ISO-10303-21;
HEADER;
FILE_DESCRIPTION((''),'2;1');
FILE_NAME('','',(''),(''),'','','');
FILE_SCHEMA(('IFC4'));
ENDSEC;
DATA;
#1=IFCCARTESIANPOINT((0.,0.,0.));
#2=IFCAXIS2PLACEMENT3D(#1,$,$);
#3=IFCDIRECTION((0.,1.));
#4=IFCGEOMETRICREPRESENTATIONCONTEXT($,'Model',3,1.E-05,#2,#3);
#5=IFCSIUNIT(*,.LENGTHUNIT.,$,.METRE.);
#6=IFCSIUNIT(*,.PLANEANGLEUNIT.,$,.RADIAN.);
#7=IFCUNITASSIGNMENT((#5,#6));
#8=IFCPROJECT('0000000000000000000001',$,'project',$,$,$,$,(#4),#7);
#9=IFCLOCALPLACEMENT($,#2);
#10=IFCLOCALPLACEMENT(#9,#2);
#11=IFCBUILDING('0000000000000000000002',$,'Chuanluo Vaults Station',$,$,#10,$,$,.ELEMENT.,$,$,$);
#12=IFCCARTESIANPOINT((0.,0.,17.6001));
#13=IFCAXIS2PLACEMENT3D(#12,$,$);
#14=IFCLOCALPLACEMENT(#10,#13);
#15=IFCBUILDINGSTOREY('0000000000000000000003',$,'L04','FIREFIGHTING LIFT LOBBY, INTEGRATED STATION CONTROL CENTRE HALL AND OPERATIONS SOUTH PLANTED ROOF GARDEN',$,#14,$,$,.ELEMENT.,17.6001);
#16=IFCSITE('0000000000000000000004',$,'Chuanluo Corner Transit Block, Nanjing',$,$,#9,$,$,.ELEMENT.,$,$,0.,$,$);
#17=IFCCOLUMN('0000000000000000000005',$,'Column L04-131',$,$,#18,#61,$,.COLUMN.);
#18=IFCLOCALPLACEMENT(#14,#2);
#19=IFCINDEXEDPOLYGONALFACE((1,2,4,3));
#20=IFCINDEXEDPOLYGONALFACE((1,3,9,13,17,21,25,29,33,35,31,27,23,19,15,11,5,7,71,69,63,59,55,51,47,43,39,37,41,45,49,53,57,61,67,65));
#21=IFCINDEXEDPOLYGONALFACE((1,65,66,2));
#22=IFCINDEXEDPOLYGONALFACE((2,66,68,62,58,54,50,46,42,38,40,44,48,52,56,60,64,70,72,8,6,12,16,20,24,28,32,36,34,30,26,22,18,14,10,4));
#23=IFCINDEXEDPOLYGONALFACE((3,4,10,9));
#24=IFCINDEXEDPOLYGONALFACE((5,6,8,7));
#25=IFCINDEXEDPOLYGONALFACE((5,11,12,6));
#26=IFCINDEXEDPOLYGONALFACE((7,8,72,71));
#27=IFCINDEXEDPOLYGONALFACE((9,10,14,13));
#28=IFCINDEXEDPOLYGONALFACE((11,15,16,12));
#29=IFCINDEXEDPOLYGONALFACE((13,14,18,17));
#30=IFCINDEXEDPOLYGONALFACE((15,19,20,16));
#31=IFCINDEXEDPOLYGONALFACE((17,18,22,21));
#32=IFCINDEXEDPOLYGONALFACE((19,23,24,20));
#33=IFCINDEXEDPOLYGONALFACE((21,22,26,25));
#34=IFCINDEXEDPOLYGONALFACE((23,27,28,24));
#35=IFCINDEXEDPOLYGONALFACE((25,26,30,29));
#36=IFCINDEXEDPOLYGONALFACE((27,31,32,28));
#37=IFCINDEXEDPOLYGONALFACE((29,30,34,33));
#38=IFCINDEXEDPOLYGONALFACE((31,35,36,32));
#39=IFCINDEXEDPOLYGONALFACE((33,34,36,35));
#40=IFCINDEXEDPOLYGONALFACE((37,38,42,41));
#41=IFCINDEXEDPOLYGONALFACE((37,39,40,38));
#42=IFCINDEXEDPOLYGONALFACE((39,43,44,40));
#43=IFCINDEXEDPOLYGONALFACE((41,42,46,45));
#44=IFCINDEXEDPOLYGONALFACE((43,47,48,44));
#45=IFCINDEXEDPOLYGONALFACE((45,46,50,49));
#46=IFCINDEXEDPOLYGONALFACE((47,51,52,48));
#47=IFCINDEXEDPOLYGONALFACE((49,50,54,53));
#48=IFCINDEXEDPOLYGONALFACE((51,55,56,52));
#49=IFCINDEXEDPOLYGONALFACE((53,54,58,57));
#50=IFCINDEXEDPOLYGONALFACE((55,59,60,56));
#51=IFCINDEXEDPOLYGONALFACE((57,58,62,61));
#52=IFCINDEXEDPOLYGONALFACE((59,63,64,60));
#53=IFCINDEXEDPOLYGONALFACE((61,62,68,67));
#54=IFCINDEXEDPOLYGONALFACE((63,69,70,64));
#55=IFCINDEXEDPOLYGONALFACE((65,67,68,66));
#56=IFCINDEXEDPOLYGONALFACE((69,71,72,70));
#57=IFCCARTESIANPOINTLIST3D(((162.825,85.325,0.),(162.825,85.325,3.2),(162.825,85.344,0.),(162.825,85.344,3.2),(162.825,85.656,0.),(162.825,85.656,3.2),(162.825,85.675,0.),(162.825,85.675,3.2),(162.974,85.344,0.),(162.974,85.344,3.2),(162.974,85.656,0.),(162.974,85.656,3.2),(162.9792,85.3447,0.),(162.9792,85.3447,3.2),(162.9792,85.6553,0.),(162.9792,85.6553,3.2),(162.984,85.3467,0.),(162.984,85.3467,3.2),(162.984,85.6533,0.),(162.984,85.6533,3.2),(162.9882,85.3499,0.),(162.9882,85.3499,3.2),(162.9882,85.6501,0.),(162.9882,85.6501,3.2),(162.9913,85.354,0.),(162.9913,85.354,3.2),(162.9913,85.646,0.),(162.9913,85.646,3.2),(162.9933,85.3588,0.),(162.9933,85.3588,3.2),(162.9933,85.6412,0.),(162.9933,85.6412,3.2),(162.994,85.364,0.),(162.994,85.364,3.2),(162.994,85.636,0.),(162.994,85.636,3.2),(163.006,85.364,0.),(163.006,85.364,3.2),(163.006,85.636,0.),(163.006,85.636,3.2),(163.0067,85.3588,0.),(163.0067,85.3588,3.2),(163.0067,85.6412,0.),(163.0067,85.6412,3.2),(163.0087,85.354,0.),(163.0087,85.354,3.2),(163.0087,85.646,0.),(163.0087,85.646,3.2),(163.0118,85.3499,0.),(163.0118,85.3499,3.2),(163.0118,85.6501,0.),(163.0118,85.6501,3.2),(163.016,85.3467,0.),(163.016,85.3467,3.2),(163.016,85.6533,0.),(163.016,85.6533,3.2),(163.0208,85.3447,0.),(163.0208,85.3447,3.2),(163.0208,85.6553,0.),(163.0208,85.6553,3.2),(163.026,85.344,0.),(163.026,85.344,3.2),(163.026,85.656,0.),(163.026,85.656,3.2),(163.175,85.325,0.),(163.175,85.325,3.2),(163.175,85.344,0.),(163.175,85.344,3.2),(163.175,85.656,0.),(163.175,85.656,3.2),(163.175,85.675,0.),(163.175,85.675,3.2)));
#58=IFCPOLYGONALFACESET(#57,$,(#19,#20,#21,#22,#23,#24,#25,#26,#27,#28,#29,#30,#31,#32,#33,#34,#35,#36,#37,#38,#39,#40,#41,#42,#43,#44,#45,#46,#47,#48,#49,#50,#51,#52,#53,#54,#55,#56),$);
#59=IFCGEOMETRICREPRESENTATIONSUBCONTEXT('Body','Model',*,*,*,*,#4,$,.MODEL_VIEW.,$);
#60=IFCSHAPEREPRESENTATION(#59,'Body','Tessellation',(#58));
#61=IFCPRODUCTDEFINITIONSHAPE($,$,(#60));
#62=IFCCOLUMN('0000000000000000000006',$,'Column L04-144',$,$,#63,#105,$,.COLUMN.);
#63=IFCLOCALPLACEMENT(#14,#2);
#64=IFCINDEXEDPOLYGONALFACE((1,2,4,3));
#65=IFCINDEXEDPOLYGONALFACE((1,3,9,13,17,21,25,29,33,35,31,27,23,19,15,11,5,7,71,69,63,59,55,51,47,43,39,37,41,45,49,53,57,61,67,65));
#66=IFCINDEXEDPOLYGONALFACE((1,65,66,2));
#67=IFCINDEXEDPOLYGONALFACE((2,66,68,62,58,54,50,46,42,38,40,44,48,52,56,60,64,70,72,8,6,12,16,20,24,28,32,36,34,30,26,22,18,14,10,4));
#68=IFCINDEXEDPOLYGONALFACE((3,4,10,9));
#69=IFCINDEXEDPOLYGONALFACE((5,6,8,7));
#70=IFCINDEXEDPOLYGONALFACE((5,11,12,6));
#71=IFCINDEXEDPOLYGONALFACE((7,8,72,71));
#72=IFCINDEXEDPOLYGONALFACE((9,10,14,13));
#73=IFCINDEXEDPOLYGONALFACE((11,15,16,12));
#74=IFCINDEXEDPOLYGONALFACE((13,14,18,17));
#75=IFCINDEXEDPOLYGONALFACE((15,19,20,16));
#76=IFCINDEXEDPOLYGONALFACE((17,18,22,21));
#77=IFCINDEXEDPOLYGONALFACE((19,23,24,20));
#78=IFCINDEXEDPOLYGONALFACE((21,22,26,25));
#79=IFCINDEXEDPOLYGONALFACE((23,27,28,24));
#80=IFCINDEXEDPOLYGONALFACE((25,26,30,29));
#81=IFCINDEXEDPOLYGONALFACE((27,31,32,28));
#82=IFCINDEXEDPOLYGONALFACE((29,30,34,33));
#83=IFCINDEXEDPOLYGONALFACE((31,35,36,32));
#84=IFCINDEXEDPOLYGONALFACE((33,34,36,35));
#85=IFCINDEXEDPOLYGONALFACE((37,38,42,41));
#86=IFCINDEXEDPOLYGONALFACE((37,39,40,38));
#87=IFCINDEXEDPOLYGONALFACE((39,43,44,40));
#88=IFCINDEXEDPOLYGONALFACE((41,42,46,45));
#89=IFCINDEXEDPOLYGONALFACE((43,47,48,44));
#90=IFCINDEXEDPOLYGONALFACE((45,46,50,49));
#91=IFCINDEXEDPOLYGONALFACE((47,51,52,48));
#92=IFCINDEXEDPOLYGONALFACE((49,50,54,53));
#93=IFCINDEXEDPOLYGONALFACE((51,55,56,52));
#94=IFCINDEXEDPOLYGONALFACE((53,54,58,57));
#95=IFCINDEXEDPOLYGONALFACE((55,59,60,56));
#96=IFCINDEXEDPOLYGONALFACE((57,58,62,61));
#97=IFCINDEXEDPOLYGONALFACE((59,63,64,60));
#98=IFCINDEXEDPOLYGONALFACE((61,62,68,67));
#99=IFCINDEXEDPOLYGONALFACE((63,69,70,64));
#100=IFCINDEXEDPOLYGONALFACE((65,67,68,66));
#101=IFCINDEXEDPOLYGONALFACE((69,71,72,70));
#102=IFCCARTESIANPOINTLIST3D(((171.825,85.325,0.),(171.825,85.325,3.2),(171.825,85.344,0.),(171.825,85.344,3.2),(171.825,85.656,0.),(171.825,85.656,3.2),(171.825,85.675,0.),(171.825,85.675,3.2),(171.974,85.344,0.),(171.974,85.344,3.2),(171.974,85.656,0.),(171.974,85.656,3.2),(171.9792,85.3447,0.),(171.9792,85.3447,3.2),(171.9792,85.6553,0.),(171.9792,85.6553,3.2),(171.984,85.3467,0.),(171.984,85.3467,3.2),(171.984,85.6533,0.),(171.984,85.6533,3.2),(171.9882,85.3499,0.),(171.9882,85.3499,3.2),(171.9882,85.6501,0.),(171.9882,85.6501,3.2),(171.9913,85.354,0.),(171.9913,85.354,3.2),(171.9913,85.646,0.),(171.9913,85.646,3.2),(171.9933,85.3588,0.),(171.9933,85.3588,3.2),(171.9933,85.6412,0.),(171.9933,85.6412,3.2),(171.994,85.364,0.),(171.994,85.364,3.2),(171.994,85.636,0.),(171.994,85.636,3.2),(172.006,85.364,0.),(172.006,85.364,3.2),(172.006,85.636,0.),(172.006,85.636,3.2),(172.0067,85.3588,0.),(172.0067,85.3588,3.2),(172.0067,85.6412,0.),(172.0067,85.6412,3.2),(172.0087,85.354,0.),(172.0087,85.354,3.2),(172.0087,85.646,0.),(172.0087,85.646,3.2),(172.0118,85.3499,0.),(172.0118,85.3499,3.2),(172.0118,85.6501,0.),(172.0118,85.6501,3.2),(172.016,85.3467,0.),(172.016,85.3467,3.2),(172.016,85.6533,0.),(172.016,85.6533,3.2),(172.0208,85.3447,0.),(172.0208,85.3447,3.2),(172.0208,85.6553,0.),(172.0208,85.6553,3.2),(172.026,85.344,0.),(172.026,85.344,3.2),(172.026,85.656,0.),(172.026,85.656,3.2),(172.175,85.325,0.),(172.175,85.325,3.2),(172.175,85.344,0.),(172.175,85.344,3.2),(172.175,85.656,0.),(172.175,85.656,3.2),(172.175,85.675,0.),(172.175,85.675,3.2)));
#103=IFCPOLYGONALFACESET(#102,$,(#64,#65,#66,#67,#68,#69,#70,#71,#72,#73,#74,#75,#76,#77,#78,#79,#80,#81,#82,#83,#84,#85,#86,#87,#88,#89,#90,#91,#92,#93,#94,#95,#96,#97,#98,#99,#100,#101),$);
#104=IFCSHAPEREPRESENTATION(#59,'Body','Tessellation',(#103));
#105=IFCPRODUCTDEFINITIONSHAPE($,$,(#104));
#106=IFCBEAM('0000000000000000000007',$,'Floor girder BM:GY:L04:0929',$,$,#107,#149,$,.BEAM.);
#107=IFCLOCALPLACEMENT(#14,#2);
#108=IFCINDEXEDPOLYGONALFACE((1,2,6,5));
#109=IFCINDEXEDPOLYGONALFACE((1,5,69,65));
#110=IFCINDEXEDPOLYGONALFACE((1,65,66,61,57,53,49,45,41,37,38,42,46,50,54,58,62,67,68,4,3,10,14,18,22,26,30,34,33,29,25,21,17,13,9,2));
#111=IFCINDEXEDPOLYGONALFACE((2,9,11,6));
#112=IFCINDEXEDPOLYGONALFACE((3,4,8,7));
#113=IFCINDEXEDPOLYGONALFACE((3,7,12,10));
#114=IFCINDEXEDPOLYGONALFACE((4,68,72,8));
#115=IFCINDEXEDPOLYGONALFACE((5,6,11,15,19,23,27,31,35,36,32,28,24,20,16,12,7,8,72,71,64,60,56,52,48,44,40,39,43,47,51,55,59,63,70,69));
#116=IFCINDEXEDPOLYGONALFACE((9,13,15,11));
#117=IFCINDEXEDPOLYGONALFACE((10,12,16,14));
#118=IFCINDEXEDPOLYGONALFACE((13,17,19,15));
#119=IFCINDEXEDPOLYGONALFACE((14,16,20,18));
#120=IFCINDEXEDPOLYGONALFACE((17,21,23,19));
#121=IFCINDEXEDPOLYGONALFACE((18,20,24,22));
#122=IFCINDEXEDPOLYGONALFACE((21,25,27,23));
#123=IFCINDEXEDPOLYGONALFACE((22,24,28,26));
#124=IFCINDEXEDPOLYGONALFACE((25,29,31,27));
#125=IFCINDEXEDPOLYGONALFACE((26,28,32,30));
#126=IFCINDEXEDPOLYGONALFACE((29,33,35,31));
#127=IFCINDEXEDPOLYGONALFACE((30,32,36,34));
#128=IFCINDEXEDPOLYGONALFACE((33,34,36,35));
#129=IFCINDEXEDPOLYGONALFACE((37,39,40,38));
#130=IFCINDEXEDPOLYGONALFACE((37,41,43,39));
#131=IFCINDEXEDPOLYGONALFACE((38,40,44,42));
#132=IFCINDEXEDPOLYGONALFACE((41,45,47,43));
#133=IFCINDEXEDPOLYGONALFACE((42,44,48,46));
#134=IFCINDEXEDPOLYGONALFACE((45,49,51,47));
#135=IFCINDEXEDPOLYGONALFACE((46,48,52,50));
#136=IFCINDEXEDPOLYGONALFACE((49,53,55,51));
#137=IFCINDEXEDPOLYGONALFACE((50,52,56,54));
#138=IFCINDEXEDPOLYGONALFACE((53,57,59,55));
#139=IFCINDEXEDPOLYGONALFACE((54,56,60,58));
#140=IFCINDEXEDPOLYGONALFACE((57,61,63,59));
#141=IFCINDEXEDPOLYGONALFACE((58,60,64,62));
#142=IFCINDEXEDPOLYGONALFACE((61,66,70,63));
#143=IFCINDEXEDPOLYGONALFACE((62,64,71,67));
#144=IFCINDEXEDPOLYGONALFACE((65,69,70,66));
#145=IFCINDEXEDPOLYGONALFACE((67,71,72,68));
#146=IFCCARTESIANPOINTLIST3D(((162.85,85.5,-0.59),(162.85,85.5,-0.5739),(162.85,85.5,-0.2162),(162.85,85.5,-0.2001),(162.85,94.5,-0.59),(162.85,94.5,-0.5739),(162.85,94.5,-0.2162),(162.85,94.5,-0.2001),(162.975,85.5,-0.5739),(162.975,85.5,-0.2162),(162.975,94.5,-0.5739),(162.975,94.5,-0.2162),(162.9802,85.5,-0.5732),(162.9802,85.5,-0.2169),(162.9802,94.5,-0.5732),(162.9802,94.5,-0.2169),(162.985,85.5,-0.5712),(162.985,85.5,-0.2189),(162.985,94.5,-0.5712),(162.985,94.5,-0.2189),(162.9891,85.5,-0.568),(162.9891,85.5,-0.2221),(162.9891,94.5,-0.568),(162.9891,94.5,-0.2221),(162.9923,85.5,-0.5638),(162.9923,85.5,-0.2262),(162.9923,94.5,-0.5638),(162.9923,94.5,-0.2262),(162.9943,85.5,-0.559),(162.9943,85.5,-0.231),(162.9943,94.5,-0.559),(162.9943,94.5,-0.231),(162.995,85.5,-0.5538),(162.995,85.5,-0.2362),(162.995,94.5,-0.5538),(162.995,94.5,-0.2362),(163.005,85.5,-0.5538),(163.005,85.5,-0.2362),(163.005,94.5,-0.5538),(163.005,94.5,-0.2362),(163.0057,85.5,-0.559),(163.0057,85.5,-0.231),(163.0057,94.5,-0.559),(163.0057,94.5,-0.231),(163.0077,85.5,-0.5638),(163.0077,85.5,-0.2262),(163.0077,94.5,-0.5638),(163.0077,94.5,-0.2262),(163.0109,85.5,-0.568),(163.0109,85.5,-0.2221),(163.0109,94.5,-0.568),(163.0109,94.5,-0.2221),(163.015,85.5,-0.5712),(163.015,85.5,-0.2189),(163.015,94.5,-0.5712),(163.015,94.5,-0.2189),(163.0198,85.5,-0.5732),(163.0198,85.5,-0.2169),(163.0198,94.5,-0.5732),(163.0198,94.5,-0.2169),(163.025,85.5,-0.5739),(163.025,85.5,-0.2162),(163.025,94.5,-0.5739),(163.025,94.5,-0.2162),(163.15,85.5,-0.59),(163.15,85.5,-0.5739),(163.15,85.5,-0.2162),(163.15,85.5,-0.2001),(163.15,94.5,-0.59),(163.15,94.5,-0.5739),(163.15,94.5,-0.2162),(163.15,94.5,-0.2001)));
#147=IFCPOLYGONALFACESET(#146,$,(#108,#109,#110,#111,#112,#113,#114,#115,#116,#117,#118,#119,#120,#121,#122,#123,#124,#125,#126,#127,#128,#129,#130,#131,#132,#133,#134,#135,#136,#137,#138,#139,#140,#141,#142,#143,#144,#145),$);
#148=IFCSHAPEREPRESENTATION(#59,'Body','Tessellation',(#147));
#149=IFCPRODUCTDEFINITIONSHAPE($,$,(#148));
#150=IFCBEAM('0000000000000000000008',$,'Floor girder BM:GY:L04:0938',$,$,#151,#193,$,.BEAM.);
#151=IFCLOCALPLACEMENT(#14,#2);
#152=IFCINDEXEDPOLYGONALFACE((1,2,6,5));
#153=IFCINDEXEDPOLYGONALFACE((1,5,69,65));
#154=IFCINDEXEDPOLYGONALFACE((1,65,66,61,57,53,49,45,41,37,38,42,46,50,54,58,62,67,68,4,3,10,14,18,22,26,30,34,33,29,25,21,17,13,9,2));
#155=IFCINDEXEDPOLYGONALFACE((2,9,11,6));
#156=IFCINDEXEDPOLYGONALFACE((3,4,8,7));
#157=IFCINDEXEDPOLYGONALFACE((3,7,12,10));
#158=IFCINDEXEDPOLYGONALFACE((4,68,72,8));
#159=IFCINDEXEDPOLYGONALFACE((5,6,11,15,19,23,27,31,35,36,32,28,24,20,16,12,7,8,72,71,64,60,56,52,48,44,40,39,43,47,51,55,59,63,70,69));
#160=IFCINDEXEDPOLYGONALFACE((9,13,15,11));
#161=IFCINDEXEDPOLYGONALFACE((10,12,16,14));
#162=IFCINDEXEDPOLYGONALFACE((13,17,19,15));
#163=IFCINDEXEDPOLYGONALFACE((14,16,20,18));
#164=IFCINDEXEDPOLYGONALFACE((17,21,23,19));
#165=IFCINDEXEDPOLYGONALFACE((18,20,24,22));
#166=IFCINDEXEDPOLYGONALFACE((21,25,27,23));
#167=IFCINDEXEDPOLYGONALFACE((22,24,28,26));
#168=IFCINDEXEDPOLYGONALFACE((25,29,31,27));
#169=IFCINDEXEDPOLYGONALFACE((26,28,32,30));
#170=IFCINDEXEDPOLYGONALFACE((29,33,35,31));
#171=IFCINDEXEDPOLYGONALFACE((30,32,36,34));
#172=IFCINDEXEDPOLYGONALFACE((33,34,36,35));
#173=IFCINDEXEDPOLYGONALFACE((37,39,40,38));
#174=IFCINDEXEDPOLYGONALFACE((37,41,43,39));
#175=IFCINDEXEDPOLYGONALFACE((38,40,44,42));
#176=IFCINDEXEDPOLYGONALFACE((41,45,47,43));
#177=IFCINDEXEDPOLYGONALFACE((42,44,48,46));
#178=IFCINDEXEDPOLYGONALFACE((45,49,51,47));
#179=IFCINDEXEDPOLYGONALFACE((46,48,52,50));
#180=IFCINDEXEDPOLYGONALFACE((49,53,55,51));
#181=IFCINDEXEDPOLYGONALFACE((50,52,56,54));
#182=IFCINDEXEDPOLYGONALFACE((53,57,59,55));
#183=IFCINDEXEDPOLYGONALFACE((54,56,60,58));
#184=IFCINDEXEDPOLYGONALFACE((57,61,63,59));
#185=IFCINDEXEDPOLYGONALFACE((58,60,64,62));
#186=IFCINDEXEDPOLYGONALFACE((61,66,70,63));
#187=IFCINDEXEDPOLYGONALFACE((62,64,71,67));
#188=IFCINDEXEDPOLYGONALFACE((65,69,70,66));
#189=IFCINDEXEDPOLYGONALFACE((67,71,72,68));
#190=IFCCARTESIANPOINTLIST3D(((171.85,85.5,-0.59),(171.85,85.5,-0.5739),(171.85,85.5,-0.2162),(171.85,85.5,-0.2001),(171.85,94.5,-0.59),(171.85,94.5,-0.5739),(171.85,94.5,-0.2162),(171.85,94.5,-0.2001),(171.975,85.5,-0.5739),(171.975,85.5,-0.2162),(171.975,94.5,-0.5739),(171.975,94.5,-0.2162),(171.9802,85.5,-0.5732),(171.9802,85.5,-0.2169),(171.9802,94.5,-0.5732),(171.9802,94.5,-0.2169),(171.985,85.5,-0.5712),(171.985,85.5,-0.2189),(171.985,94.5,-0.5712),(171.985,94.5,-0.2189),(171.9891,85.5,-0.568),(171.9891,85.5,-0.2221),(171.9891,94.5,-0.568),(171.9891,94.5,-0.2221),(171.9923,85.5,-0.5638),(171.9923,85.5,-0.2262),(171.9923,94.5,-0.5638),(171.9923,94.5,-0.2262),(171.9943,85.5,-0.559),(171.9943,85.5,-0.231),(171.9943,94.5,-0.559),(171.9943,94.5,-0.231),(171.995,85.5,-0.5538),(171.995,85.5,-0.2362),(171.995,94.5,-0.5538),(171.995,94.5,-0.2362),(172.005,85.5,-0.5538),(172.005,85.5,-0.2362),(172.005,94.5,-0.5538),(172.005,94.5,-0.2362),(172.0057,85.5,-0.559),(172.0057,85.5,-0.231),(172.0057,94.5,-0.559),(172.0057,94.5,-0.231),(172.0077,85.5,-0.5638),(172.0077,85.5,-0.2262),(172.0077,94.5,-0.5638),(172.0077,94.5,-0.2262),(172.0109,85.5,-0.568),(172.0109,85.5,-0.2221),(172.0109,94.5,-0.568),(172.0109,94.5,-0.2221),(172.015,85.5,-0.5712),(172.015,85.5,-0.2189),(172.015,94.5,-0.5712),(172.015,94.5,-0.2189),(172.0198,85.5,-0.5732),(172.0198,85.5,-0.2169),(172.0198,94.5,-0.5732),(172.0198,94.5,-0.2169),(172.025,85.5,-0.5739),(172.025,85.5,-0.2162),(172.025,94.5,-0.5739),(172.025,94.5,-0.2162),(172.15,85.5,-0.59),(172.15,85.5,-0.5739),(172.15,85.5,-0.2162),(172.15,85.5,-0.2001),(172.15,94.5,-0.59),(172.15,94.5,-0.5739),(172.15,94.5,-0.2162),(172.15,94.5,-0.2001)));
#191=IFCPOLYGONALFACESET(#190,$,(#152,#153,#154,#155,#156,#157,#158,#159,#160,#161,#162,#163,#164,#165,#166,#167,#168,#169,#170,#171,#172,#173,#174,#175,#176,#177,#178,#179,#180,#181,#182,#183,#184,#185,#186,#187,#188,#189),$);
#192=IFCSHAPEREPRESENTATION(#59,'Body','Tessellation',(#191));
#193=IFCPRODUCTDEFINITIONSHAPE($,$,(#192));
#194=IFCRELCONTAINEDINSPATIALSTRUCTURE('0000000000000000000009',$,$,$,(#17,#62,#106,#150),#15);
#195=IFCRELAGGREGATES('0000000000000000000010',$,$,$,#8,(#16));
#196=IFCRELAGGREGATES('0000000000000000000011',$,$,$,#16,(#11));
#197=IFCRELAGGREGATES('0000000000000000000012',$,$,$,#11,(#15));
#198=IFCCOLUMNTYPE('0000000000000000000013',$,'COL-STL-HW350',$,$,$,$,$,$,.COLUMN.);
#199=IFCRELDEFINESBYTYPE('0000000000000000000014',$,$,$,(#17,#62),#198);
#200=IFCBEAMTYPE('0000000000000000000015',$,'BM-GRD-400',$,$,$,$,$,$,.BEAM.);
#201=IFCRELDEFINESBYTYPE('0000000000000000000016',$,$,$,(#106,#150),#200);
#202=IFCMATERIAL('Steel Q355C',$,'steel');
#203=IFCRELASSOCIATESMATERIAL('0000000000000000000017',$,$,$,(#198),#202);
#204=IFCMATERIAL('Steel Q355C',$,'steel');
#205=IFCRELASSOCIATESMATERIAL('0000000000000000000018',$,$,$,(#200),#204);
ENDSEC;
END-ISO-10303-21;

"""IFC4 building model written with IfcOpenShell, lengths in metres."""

from ifc_helpers import new_model, si_unit, direction, frame, origin, origin_2d, place, context, subcontext, project, spatial, i_section, extrude, material, material_profile, profile_set, type_object, element, save


model = new_model("IFC4")

# Units and contexts
model_context = context("Model", 3, precision=1e-05, world=origin(), true_north=direction((0.0, 1.0)))
body_context = subcontext(model_context, "Body", "Model", "MODEL_VIEW")
ifc_project = project(units=[si_unit("LENGTHUNIT", "METRE"), si_unit("PLANEANGLEUNIT", "RADIAN")], contexts=[model_context])

# Site, building, storey
site_placement = place(None, origin())
site = spatial("IfcSite", under=ifc_project, at=site_placement, Name="Chuanluo Corner Transit Block, Nanjing", CompositionType="ELEMENT", RefElevation=0.0)
building_placement = place(site_placement, origin())
building = spatial("IfcBuilding", under=site, at=building_placement, Name="Chuanluo Vaults Station", CompositionType="ELEMENT")
storey_placement = place(building_placement, frame((0.0, 0.0, 17.6001)))
storey = spatial("IfcBuildingStorey", under=building, at=storey_placement, Name="L04", Description="FIREFIGHTING LIFT LOBBY, INTEGRATED STATION CONTROL CENTRE HALL AND OPERATIONS SOUTH PLANTED ROOF GARDEN", CompositionType="ELEMENT", Elevation=17.6001)

# Columns
ifc_material_1 = material(Name="Steel Q355C", Category="steel")
ifc_material_profile_1 = material_profile(ifc_material_1, i_section(OverallWidth=0.3501, OverallDepth=0.3501, WebThickness=0.012, FlangeThickness=0.019, FilletRadius=0.02, at=origin_2d()))
ifc_profile_set_1 = profile_set([ifc_material_profile_1], Name="Steel Q355C")
column_type = type_object("IfcColumnType", Name="COL-STL-HW350", PredefinedType="COLUMN", material=ifc_profile_set_1)
for number, where, z_axis, x_axis, name in (
    (1, (163.0, 85.5, 0.0), (0.0, 0.0, 1.0), (1.0, 0.0, 0.0), "Column L04-131"),
    (2, (172.0, 85.5, 0.0), (0.0, 0.0, 1.0), (1.0, 0.0, 0.0), "Column L04-144"),
):
    element("IfcColumn", number, at=place(storey_placement, frame(where, z_axis=z_axis, x_axis=x_axis)), inside=storey, type_object=column_type, Name=name, PredefinedType="COLUMN", context=body_context, shape_type="SweptSolid", body=[
        extrude(i_section(OverallWidth=0.3501, OverallDepth=0.3501, WebThickness=0.012, FlangeThickness=0.019, FilletRadius=0.02, at=origin_2d()), origin(), (0.0, 0.0, 1.0), 3.2),
    ])

# Beams
ifc_material_2 = material(Name="Steel Q355C", Category="steel")
ifc_material_profile_2 = material_profile(ifc_material_2, i_section(OverallWidth=0.3, OverallDepth=0.3899, WebThickness=0.01, FlangeThickness=0.0161, FilletRadius=0.02, at=origin_2d()))
ifc_profile_set_2 = profile_set([ifc_material_profile_2], Name="Steel Q355C")
beam_type_1 = type_object("IfcBeamType", Name="BM-GRD-400", PredefinedType="BEAM", material=ifc_profile_set_2)
for number, where, z_axis, x_axis, name in (
    (3, (163.0, 85.5, -0.395), (0.0, 1.0, 0.0), (-1.0, 0.0, 0.0), "Floor girder BM:GY:L04:0929"),
    (4, (172.0, 85.5, -0.395), (0.0, 1.0, 0.0), (-1.0, 0.0, 0.0), "Floor girder BM:GY:L04:0938"),
):
    element("IfcBeam", number, at=place(storey_placement, frame(where, z_axis=z_axis, x_axis=x_axis)), inside=storey, type_object=beam_type_1, Name=name, PredefinedType="BEAM", context=body_context, shape_type="SweptSolid", body=[
        extrude(i_section(OverallWidth=0.3, OverallDepth=0.3899, WebThickness=0.01, FlangeThickness=0.0161, FilletRadius=0.02, at=origin_2d()), origin(), (0.0, 0.0, 1.0), 9.0),
    ])

save(model, "model.ifc")
